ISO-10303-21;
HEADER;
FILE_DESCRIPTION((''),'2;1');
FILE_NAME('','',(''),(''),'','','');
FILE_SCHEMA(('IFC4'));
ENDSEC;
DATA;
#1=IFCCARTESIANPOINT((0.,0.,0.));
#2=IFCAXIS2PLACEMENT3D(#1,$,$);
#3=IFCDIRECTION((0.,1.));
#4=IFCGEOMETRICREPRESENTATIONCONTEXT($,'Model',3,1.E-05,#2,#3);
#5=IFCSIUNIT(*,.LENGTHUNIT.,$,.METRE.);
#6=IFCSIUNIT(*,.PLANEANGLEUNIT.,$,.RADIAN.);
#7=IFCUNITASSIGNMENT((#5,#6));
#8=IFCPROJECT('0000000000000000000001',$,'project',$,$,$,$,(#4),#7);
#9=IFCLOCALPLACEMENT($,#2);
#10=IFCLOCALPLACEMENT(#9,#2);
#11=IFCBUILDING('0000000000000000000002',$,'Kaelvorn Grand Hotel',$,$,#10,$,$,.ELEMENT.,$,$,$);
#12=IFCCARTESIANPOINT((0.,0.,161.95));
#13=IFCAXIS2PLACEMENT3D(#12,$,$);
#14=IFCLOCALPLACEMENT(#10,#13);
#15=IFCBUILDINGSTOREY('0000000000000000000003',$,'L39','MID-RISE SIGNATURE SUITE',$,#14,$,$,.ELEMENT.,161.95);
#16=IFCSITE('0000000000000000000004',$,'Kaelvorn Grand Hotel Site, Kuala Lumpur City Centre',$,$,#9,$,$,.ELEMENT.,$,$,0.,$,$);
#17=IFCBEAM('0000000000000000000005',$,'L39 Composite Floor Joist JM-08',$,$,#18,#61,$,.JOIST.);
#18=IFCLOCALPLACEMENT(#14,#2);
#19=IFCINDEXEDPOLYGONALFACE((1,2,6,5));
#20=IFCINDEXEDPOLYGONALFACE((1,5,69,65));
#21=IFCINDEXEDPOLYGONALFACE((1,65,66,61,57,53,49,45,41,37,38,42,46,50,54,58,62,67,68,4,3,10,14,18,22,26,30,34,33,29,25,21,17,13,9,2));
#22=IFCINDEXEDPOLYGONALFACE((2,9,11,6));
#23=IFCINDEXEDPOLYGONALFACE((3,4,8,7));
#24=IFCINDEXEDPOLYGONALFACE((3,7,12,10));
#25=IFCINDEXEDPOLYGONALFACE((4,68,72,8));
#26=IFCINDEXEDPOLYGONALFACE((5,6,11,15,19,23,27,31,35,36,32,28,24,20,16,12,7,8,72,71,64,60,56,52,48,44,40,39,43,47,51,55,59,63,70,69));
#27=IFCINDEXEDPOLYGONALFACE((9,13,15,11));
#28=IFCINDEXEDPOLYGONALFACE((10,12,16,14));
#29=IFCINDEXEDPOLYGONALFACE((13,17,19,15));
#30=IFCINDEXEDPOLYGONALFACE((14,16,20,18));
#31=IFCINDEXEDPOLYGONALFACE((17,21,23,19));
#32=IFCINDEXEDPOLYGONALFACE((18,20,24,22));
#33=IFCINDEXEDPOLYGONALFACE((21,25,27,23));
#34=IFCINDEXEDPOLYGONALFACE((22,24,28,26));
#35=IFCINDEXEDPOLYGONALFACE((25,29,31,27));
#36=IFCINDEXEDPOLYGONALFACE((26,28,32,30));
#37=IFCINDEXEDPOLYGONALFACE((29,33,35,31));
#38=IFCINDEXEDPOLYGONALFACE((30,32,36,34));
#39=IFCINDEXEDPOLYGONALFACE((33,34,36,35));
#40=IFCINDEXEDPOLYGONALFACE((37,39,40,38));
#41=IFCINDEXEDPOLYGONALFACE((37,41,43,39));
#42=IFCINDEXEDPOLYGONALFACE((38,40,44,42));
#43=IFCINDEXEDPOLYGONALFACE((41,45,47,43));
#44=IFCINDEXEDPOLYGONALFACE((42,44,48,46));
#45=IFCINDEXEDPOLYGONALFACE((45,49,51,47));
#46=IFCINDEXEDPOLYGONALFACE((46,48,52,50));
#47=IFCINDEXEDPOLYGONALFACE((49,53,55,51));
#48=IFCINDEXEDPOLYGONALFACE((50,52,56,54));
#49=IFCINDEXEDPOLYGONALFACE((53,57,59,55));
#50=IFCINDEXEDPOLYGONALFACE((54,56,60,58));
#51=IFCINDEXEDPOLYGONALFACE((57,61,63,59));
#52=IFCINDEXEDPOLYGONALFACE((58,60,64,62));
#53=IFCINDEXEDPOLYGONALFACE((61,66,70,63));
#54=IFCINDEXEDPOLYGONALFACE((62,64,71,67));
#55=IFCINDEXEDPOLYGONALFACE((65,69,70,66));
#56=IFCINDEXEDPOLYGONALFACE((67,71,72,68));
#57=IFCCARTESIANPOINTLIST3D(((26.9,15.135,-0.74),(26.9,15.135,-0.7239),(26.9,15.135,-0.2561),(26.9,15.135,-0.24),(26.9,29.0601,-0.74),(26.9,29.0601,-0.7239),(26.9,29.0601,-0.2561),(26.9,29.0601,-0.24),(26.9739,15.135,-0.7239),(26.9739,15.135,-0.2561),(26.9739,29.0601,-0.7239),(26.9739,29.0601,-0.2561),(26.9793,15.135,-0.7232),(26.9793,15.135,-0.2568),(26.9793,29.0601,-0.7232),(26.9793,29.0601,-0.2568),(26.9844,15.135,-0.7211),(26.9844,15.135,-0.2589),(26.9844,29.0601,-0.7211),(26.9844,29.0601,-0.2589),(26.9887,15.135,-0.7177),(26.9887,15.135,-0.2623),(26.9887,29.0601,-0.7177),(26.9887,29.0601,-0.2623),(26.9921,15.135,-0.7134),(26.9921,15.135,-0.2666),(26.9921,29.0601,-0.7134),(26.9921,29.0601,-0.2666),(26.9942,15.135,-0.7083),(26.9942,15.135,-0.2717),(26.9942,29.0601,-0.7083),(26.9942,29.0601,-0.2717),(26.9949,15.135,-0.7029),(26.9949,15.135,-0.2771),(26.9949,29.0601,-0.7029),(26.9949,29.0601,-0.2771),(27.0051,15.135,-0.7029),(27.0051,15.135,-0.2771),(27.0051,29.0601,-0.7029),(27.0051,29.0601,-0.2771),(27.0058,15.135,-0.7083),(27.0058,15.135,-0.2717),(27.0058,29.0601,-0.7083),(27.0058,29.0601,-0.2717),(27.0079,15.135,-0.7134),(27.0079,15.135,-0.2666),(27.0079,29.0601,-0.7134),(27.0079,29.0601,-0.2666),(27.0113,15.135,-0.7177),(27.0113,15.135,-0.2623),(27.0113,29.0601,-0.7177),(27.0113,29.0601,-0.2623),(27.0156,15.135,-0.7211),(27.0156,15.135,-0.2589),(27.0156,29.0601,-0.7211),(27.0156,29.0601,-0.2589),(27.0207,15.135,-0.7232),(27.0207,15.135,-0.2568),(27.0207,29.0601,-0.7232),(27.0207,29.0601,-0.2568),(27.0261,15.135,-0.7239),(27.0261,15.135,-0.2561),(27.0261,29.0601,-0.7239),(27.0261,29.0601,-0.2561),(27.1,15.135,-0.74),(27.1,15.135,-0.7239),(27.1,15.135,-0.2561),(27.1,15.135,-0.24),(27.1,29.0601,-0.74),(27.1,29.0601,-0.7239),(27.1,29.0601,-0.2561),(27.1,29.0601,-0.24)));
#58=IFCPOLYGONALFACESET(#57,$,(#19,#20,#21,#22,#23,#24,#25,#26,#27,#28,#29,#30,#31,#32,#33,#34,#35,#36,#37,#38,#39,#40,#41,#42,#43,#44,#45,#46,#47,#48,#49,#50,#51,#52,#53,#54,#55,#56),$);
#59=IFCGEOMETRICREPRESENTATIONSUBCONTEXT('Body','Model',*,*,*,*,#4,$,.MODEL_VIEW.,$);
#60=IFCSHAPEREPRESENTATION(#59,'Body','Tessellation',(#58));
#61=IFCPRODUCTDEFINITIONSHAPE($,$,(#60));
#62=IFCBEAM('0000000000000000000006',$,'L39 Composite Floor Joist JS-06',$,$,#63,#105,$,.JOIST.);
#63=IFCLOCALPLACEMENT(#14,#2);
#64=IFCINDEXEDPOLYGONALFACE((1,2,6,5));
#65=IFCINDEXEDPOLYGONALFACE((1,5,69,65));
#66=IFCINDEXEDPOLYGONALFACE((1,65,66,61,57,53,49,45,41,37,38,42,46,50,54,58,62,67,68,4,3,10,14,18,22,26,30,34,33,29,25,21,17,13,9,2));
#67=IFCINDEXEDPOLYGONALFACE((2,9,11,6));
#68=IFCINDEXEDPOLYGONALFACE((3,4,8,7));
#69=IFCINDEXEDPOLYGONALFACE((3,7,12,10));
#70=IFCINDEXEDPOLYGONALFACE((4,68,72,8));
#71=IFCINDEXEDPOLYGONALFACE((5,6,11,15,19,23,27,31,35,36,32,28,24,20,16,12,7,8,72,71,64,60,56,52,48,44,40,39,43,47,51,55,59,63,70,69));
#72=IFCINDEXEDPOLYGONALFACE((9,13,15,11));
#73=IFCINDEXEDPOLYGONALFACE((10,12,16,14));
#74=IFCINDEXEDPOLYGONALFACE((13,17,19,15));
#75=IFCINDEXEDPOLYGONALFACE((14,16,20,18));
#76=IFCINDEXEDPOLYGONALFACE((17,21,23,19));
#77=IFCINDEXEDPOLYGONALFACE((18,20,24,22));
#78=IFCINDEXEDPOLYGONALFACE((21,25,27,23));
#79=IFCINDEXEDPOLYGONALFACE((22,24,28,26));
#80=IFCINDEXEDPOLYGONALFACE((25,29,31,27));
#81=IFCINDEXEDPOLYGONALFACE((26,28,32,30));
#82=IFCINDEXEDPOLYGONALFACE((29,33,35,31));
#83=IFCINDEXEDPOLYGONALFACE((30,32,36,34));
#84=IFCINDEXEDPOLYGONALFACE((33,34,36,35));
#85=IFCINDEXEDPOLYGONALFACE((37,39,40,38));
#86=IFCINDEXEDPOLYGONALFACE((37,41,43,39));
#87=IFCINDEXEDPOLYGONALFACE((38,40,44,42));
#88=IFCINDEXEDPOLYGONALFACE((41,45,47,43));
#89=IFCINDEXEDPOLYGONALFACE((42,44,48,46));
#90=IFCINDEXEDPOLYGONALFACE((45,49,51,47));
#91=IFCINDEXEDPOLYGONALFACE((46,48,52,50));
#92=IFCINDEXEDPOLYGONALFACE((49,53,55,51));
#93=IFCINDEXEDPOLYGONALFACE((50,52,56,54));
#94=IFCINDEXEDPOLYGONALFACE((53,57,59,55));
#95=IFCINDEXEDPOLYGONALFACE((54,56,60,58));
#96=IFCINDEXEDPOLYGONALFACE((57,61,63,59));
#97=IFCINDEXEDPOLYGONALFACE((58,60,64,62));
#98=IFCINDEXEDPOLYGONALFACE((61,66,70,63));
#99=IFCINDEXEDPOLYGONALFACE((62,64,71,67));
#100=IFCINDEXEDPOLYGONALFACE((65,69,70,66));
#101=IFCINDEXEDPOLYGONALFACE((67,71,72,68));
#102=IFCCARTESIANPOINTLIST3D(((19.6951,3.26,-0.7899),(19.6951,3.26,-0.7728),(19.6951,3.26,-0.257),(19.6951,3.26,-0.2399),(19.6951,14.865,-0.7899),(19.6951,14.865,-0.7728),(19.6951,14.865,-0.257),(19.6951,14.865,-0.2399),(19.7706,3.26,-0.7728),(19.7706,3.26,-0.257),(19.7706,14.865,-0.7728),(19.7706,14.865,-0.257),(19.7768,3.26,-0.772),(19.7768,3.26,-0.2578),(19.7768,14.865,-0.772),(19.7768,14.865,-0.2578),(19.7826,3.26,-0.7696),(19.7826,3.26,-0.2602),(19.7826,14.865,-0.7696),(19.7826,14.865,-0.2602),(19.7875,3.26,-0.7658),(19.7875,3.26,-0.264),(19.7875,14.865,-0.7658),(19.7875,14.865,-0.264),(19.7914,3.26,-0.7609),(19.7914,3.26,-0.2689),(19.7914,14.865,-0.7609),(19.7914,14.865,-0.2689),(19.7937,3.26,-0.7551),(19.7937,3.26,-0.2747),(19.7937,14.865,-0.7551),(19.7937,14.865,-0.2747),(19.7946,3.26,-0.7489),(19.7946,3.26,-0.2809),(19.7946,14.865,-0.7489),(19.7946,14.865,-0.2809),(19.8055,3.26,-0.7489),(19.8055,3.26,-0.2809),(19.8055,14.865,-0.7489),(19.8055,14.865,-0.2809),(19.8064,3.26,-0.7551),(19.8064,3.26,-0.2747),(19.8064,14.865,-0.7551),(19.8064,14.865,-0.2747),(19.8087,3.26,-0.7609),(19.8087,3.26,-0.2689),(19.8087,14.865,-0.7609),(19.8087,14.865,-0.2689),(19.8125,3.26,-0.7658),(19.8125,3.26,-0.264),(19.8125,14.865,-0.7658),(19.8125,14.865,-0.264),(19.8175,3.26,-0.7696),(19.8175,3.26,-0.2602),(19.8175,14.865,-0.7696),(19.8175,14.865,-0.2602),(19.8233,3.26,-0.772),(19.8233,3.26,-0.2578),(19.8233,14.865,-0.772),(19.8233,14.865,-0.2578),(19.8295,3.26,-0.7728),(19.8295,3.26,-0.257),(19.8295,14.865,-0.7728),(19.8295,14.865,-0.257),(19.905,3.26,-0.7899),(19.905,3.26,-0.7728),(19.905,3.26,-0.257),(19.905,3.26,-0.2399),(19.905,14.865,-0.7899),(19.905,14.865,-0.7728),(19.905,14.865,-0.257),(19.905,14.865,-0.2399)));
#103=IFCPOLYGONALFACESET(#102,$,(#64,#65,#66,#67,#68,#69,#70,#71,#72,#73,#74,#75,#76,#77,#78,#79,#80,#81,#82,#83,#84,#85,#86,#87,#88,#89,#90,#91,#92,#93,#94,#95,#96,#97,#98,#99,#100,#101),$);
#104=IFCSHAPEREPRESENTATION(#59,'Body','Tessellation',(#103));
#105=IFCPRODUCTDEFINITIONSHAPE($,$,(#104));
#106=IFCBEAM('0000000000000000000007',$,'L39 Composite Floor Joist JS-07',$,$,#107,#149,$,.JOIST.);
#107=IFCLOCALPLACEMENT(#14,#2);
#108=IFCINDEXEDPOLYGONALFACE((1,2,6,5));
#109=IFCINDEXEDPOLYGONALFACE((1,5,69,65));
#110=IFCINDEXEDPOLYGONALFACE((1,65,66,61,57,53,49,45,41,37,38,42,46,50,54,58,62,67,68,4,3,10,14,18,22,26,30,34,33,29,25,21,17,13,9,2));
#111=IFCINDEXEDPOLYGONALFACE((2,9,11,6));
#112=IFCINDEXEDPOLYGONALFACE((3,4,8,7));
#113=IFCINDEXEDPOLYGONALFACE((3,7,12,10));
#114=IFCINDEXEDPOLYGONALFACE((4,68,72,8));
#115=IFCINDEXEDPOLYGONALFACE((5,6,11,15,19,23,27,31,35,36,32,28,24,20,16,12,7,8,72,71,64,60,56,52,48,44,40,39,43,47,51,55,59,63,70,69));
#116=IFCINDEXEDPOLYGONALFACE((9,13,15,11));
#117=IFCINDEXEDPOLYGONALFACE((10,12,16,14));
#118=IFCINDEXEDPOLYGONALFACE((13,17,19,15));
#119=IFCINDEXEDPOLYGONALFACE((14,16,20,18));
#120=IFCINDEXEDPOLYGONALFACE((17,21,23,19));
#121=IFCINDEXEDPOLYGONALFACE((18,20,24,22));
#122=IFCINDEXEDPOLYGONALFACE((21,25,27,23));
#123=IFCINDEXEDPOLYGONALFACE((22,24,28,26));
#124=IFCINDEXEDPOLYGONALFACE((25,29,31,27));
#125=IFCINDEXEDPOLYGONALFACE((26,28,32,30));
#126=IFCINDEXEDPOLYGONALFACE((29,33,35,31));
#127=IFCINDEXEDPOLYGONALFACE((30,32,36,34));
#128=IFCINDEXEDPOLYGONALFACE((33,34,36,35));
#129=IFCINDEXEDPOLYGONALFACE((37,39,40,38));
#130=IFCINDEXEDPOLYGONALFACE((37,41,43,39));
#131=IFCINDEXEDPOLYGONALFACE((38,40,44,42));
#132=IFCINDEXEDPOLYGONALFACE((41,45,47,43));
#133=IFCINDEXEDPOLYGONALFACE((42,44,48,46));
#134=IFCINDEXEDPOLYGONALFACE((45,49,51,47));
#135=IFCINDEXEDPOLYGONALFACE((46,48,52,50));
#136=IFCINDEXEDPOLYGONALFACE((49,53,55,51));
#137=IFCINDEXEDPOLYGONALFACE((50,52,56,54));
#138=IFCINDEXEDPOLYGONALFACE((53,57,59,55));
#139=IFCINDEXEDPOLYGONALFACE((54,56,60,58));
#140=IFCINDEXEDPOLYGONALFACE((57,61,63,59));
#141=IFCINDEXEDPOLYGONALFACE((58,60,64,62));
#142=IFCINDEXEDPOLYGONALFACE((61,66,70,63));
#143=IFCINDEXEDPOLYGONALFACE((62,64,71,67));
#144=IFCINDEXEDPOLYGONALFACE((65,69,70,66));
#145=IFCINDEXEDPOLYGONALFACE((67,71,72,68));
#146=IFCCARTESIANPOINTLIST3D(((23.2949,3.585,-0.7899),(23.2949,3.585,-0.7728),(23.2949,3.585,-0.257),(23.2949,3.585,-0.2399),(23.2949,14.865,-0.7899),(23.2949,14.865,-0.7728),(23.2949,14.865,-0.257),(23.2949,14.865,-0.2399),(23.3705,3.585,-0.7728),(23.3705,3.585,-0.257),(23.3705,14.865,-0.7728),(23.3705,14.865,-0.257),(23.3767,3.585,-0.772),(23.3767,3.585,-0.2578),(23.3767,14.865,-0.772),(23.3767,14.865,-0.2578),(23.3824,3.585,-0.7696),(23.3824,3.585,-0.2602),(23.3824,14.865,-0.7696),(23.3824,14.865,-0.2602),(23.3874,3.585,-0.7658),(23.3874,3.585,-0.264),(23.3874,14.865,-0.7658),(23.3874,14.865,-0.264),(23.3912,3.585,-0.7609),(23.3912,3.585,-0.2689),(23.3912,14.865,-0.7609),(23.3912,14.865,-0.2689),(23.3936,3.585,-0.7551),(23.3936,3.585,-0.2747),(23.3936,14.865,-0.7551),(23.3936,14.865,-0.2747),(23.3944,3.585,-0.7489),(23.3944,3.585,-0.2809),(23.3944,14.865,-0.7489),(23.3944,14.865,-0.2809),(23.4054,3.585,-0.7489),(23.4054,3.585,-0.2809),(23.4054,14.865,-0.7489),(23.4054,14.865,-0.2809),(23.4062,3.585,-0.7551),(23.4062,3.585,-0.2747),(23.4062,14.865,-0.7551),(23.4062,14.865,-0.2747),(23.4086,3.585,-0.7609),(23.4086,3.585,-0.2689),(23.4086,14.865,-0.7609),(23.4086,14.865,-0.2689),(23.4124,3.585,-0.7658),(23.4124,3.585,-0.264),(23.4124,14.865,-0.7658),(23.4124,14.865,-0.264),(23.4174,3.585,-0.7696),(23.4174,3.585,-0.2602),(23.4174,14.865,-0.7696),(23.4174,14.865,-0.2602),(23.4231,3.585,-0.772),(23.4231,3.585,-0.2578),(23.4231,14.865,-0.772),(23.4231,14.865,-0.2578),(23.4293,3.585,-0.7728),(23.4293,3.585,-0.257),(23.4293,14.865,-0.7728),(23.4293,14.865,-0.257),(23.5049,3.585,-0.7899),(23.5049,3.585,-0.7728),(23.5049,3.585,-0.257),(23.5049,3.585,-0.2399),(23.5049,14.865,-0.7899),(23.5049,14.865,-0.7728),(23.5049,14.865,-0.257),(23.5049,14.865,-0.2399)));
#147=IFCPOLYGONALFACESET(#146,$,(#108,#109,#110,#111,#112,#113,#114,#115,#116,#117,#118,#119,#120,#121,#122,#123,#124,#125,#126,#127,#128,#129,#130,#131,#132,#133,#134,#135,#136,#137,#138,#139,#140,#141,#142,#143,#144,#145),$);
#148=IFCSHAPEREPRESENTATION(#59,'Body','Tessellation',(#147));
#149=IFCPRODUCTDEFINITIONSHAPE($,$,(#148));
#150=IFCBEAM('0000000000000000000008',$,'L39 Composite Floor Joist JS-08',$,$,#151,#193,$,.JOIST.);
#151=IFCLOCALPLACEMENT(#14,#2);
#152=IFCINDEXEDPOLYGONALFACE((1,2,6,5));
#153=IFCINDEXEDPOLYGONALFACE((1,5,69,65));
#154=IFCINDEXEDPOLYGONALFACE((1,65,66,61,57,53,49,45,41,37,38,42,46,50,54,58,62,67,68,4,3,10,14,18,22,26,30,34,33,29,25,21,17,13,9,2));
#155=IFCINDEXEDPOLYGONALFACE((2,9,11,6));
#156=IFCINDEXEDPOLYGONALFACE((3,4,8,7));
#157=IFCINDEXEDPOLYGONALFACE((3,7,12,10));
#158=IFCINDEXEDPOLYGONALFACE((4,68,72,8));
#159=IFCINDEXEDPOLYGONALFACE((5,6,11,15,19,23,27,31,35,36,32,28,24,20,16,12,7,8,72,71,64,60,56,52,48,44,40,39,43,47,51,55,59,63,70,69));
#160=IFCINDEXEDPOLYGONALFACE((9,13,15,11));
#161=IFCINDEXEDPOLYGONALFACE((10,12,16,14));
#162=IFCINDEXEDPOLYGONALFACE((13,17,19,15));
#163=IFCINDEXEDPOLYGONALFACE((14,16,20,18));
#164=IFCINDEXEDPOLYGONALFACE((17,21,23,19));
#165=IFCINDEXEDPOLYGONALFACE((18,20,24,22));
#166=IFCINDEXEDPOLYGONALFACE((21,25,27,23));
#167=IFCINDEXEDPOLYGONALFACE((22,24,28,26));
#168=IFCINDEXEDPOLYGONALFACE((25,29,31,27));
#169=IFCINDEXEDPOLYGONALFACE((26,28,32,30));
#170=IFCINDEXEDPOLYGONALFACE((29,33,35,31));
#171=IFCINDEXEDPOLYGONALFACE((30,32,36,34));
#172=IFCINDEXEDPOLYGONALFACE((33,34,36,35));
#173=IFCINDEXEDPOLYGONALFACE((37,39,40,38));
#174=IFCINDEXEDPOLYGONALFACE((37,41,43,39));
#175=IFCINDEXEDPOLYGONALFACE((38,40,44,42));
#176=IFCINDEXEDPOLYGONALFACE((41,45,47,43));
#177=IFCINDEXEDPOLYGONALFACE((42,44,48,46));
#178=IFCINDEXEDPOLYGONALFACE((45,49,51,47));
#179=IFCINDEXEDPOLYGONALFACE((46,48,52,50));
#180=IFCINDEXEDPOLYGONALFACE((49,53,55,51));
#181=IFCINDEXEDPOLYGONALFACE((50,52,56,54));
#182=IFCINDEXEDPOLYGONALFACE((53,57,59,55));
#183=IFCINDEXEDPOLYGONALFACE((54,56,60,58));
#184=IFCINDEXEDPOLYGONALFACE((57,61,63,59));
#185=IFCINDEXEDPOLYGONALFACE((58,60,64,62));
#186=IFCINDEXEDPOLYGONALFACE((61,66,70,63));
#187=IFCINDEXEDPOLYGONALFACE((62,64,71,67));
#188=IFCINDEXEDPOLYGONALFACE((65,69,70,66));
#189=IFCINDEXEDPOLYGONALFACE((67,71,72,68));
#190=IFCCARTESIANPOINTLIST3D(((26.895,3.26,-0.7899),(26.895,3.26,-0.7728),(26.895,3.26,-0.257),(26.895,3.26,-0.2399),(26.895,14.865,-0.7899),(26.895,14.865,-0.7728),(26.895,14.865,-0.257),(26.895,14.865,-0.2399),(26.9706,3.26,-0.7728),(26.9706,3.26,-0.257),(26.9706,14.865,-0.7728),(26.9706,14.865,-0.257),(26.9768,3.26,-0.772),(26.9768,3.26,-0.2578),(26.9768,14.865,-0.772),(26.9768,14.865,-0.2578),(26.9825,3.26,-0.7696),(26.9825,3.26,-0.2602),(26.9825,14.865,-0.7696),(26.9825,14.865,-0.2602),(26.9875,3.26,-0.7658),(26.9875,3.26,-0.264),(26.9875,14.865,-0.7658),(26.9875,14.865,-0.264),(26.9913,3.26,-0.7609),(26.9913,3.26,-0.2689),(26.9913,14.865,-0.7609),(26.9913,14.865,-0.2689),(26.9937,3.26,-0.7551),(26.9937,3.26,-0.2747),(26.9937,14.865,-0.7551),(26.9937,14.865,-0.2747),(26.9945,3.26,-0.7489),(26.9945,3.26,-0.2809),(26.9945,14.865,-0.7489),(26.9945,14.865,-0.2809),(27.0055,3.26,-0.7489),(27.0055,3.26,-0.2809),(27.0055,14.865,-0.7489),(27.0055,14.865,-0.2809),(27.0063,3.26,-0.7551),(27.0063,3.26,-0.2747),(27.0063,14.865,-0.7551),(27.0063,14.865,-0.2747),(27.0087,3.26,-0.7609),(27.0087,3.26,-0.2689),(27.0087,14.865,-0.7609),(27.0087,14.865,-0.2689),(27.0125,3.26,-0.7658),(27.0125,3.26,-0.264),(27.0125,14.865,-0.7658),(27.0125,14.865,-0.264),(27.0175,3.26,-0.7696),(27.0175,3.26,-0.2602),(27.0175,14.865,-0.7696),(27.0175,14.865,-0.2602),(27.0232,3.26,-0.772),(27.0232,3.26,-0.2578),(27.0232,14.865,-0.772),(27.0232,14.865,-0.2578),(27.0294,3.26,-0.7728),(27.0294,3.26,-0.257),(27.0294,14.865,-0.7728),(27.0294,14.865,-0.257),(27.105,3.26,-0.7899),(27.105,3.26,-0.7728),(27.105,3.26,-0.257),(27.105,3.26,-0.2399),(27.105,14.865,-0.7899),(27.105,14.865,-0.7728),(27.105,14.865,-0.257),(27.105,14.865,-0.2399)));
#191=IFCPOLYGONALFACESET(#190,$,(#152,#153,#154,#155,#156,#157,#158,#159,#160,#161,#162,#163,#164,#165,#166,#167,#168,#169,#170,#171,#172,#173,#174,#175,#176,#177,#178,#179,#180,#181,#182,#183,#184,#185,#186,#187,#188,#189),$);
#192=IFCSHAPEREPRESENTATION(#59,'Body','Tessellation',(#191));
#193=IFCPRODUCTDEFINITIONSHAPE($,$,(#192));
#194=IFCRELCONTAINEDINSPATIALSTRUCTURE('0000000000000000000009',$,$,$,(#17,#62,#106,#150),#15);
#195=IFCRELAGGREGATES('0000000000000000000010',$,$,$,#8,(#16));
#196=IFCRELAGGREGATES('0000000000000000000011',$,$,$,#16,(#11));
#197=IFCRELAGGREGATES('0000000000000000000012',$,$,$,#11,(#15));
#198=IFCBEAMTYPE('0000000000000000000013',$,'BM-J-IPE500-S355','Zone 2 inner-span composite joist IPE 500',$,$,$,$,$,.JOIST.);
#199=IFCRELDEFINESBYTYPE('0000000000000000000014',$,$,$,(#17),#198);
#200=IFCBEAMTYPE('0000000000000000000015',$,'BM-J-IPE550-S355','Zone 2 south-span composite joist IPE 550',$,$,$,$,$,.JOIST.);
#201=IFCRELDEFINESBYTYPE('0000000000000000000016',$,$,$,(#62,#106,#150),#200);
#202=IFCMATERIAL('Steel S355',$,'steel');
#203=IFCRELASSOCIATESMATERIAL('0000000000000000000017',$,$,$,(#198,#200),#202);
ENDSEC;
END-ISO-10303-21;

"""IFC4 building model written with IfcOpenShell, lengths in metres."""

from ifc_helpers import new_model, si_unit, direction, frame, origin, origin_2d, place, context, subcontext, project, spatial, i_section, extrude, material, material_profile, profile_set, type_object, element, save


model = new_model("IFC4")

# Units and contexts
model_context = context("Model", 3, precision=1e-05, world=origin(), true_north=direction((0.0, 1.0)))
body_context = subcontext(model_context, "Body", "Model", "MODEL_VIEW")
ifc_project = project(units=[si_unit("LENGTHUNIT", "METRE"), si_unit("PLANEANGLEUNIT", "RADIAN")], contexts=[model_context])

# Site, building, storey
site_placement = place(None, origin())
site = spatial("IfcSite", under=ifc_project, at=site_placement, Name="Kaelvorn Grand Hotel Site, Kuala Lumpur City Centre", CompositionType="ELEMENT", RefElevation=0.0)
building_placement = place(site_placement, origin())
building = spatial("IfcBuilding", under=site, at=building_placement, Name="Kaelvorn Grand Hotel", CompositionType="ELEMENT")
storey_placement = place(building_placement, frame((0.0, 0.0, 161.95)))
storey = spatial("IfcBuildingStorey", under=building, at=storey_placement, Name="L39", Description="MID-RISE SIGNATURE SUITE", CompositionType="ELEMENT", Elevation=161.95)

# Beams
ifc_material_1 = material(Name="Steel S355", Category="steel")
ifc_material_profile_1 = material_profile(ifc_material_1, i_section(OverallWidth=0.2, OverallDepth=0.5, WebThickness=0.0103, FlangeThickness=0.0161, FilletRadius=0.021, at=origin_2d()), Name="IPE 500")
ifc_profile_set_1 = profile_set([ifc_material_profile_1], Name="Steel S355")
beam_type_1 = type_object("IfcBeamType", Name="BM-J-IPE500-S355", Description="Zone 2 inner-span composite joist IPE 500", PredefinedType="JOIST", material=ifc_profile_set_1)
beam_1_placement = place(storey_placement, frame((27.0, 15.135, -0.49), z_axis=(0.0, 1.0, 0.0), x_axis=(-1.0, 0.0, 0.0)))
element("IfcBeam", 1, at=beam_1_placement, inside=storey, type_object=beam_type_1, Name="L39 Composite Floor Joist JM-08", PredefinedType="JOIST", context=body_context, shape_type="SweptSolid", body=[
    extrude(i_section(OverallWidth=0.2, OverallDepth=0.5, WebThickness=0.0103, FlangeThickness=0.0161, FilletRadius=0.021, at=origin_2d()), origin(), (0.0, 0.0, 1.0), 13.925),
])
ifc_material_profile_2 = material_profile(ifc_material_1, i_section(OverallWidth=0.21, OverallDepth=0.55, WebThickness=0.011, FlangeThickness=0.0171, FilletRadius=0.0239, at=origin_2d()), Name="IPE 550")
ifc_profile_set_2 = profile_set([ifc_material_profile_2], Name="Steel S355")
beam_type_2 = type_object("IfcBeamType", Name="BM-J-IPE550-S355", Description="Zone 2 south-span composite joist IPE 550", PredefinedType="JOIST", material=ifc_profile_set_2)
beam_2_placement = place(storey_placement, frame((19.8, 3.26, -0.5149), z_axis=(0.0, 1.0, 0.0), x_axis=(-1.0, 0.0, 0.0)))
element("IfcBeam", 2, at=beam_2_placement, inside=storey, type_object=beam_type_2, Name="L39 Composite Floor Joist JS-06", PredefinedType="JOIST", context=body_context, shape_type="SweptSolid", body=[
    extrude(i_section(OverallWidth=0.21, OverallDepth=0.55, WebThickness=0.011, FlangeThickness=0.0171, FilletRadius=0.0239, at=origin_2d()), origin(), (0.0, 0.0, 1.0), 11.605),
])
beam_3_placement = place(storey_placement, frame((23.3999, 3.585, -0.5149), z_axis=(0.0, 1.0, 0.0), x_axis=(-1.0, 0.0, 0.0)))
element("IfcBeam", 3, at=beam_3_placement, inside=storey, type_object=beam_type_2, Name="L39 Composite Floor Joist JS-07", PredefinedType="JOIST", context=body_context, shape_type="SweptSolid", body=[
    extrude(i_section(OverallWidth=0.21, OverallDepth=0.55, WebThickness=0.011, FlangeThickness=0.0171, FilletRadius=0.0239, at=origin_2d()), origin(), (0.0, 0.0, 1.0), 11.28),
])
beam_4_placement = place(storey_placement, frame((27.0, 3.26, -0.5149), z_axis=(0.0, 1.0, 0.0), x_axis=(-1.0, 0.0, 0.0)))
element("IfcBeam", 4, at=beam_4_placement, inside=storey, type_object=beam_type_2, Name="L39 Composite Floor Joist JS-08", PredefinedType="JOIST", context=body_context, shape_type="SweptSolid", body=[
    extrude(i_section(OverallWidth=0.21, OverallDepth=0.55, WebThickness=0.011, FlangeThickness=0.0171, FilletRadius=0.0239, at=origin_2d()), origin(), (0.0, 0.0, 1.0), 11.605),
])

save(model, "model.ifc")
